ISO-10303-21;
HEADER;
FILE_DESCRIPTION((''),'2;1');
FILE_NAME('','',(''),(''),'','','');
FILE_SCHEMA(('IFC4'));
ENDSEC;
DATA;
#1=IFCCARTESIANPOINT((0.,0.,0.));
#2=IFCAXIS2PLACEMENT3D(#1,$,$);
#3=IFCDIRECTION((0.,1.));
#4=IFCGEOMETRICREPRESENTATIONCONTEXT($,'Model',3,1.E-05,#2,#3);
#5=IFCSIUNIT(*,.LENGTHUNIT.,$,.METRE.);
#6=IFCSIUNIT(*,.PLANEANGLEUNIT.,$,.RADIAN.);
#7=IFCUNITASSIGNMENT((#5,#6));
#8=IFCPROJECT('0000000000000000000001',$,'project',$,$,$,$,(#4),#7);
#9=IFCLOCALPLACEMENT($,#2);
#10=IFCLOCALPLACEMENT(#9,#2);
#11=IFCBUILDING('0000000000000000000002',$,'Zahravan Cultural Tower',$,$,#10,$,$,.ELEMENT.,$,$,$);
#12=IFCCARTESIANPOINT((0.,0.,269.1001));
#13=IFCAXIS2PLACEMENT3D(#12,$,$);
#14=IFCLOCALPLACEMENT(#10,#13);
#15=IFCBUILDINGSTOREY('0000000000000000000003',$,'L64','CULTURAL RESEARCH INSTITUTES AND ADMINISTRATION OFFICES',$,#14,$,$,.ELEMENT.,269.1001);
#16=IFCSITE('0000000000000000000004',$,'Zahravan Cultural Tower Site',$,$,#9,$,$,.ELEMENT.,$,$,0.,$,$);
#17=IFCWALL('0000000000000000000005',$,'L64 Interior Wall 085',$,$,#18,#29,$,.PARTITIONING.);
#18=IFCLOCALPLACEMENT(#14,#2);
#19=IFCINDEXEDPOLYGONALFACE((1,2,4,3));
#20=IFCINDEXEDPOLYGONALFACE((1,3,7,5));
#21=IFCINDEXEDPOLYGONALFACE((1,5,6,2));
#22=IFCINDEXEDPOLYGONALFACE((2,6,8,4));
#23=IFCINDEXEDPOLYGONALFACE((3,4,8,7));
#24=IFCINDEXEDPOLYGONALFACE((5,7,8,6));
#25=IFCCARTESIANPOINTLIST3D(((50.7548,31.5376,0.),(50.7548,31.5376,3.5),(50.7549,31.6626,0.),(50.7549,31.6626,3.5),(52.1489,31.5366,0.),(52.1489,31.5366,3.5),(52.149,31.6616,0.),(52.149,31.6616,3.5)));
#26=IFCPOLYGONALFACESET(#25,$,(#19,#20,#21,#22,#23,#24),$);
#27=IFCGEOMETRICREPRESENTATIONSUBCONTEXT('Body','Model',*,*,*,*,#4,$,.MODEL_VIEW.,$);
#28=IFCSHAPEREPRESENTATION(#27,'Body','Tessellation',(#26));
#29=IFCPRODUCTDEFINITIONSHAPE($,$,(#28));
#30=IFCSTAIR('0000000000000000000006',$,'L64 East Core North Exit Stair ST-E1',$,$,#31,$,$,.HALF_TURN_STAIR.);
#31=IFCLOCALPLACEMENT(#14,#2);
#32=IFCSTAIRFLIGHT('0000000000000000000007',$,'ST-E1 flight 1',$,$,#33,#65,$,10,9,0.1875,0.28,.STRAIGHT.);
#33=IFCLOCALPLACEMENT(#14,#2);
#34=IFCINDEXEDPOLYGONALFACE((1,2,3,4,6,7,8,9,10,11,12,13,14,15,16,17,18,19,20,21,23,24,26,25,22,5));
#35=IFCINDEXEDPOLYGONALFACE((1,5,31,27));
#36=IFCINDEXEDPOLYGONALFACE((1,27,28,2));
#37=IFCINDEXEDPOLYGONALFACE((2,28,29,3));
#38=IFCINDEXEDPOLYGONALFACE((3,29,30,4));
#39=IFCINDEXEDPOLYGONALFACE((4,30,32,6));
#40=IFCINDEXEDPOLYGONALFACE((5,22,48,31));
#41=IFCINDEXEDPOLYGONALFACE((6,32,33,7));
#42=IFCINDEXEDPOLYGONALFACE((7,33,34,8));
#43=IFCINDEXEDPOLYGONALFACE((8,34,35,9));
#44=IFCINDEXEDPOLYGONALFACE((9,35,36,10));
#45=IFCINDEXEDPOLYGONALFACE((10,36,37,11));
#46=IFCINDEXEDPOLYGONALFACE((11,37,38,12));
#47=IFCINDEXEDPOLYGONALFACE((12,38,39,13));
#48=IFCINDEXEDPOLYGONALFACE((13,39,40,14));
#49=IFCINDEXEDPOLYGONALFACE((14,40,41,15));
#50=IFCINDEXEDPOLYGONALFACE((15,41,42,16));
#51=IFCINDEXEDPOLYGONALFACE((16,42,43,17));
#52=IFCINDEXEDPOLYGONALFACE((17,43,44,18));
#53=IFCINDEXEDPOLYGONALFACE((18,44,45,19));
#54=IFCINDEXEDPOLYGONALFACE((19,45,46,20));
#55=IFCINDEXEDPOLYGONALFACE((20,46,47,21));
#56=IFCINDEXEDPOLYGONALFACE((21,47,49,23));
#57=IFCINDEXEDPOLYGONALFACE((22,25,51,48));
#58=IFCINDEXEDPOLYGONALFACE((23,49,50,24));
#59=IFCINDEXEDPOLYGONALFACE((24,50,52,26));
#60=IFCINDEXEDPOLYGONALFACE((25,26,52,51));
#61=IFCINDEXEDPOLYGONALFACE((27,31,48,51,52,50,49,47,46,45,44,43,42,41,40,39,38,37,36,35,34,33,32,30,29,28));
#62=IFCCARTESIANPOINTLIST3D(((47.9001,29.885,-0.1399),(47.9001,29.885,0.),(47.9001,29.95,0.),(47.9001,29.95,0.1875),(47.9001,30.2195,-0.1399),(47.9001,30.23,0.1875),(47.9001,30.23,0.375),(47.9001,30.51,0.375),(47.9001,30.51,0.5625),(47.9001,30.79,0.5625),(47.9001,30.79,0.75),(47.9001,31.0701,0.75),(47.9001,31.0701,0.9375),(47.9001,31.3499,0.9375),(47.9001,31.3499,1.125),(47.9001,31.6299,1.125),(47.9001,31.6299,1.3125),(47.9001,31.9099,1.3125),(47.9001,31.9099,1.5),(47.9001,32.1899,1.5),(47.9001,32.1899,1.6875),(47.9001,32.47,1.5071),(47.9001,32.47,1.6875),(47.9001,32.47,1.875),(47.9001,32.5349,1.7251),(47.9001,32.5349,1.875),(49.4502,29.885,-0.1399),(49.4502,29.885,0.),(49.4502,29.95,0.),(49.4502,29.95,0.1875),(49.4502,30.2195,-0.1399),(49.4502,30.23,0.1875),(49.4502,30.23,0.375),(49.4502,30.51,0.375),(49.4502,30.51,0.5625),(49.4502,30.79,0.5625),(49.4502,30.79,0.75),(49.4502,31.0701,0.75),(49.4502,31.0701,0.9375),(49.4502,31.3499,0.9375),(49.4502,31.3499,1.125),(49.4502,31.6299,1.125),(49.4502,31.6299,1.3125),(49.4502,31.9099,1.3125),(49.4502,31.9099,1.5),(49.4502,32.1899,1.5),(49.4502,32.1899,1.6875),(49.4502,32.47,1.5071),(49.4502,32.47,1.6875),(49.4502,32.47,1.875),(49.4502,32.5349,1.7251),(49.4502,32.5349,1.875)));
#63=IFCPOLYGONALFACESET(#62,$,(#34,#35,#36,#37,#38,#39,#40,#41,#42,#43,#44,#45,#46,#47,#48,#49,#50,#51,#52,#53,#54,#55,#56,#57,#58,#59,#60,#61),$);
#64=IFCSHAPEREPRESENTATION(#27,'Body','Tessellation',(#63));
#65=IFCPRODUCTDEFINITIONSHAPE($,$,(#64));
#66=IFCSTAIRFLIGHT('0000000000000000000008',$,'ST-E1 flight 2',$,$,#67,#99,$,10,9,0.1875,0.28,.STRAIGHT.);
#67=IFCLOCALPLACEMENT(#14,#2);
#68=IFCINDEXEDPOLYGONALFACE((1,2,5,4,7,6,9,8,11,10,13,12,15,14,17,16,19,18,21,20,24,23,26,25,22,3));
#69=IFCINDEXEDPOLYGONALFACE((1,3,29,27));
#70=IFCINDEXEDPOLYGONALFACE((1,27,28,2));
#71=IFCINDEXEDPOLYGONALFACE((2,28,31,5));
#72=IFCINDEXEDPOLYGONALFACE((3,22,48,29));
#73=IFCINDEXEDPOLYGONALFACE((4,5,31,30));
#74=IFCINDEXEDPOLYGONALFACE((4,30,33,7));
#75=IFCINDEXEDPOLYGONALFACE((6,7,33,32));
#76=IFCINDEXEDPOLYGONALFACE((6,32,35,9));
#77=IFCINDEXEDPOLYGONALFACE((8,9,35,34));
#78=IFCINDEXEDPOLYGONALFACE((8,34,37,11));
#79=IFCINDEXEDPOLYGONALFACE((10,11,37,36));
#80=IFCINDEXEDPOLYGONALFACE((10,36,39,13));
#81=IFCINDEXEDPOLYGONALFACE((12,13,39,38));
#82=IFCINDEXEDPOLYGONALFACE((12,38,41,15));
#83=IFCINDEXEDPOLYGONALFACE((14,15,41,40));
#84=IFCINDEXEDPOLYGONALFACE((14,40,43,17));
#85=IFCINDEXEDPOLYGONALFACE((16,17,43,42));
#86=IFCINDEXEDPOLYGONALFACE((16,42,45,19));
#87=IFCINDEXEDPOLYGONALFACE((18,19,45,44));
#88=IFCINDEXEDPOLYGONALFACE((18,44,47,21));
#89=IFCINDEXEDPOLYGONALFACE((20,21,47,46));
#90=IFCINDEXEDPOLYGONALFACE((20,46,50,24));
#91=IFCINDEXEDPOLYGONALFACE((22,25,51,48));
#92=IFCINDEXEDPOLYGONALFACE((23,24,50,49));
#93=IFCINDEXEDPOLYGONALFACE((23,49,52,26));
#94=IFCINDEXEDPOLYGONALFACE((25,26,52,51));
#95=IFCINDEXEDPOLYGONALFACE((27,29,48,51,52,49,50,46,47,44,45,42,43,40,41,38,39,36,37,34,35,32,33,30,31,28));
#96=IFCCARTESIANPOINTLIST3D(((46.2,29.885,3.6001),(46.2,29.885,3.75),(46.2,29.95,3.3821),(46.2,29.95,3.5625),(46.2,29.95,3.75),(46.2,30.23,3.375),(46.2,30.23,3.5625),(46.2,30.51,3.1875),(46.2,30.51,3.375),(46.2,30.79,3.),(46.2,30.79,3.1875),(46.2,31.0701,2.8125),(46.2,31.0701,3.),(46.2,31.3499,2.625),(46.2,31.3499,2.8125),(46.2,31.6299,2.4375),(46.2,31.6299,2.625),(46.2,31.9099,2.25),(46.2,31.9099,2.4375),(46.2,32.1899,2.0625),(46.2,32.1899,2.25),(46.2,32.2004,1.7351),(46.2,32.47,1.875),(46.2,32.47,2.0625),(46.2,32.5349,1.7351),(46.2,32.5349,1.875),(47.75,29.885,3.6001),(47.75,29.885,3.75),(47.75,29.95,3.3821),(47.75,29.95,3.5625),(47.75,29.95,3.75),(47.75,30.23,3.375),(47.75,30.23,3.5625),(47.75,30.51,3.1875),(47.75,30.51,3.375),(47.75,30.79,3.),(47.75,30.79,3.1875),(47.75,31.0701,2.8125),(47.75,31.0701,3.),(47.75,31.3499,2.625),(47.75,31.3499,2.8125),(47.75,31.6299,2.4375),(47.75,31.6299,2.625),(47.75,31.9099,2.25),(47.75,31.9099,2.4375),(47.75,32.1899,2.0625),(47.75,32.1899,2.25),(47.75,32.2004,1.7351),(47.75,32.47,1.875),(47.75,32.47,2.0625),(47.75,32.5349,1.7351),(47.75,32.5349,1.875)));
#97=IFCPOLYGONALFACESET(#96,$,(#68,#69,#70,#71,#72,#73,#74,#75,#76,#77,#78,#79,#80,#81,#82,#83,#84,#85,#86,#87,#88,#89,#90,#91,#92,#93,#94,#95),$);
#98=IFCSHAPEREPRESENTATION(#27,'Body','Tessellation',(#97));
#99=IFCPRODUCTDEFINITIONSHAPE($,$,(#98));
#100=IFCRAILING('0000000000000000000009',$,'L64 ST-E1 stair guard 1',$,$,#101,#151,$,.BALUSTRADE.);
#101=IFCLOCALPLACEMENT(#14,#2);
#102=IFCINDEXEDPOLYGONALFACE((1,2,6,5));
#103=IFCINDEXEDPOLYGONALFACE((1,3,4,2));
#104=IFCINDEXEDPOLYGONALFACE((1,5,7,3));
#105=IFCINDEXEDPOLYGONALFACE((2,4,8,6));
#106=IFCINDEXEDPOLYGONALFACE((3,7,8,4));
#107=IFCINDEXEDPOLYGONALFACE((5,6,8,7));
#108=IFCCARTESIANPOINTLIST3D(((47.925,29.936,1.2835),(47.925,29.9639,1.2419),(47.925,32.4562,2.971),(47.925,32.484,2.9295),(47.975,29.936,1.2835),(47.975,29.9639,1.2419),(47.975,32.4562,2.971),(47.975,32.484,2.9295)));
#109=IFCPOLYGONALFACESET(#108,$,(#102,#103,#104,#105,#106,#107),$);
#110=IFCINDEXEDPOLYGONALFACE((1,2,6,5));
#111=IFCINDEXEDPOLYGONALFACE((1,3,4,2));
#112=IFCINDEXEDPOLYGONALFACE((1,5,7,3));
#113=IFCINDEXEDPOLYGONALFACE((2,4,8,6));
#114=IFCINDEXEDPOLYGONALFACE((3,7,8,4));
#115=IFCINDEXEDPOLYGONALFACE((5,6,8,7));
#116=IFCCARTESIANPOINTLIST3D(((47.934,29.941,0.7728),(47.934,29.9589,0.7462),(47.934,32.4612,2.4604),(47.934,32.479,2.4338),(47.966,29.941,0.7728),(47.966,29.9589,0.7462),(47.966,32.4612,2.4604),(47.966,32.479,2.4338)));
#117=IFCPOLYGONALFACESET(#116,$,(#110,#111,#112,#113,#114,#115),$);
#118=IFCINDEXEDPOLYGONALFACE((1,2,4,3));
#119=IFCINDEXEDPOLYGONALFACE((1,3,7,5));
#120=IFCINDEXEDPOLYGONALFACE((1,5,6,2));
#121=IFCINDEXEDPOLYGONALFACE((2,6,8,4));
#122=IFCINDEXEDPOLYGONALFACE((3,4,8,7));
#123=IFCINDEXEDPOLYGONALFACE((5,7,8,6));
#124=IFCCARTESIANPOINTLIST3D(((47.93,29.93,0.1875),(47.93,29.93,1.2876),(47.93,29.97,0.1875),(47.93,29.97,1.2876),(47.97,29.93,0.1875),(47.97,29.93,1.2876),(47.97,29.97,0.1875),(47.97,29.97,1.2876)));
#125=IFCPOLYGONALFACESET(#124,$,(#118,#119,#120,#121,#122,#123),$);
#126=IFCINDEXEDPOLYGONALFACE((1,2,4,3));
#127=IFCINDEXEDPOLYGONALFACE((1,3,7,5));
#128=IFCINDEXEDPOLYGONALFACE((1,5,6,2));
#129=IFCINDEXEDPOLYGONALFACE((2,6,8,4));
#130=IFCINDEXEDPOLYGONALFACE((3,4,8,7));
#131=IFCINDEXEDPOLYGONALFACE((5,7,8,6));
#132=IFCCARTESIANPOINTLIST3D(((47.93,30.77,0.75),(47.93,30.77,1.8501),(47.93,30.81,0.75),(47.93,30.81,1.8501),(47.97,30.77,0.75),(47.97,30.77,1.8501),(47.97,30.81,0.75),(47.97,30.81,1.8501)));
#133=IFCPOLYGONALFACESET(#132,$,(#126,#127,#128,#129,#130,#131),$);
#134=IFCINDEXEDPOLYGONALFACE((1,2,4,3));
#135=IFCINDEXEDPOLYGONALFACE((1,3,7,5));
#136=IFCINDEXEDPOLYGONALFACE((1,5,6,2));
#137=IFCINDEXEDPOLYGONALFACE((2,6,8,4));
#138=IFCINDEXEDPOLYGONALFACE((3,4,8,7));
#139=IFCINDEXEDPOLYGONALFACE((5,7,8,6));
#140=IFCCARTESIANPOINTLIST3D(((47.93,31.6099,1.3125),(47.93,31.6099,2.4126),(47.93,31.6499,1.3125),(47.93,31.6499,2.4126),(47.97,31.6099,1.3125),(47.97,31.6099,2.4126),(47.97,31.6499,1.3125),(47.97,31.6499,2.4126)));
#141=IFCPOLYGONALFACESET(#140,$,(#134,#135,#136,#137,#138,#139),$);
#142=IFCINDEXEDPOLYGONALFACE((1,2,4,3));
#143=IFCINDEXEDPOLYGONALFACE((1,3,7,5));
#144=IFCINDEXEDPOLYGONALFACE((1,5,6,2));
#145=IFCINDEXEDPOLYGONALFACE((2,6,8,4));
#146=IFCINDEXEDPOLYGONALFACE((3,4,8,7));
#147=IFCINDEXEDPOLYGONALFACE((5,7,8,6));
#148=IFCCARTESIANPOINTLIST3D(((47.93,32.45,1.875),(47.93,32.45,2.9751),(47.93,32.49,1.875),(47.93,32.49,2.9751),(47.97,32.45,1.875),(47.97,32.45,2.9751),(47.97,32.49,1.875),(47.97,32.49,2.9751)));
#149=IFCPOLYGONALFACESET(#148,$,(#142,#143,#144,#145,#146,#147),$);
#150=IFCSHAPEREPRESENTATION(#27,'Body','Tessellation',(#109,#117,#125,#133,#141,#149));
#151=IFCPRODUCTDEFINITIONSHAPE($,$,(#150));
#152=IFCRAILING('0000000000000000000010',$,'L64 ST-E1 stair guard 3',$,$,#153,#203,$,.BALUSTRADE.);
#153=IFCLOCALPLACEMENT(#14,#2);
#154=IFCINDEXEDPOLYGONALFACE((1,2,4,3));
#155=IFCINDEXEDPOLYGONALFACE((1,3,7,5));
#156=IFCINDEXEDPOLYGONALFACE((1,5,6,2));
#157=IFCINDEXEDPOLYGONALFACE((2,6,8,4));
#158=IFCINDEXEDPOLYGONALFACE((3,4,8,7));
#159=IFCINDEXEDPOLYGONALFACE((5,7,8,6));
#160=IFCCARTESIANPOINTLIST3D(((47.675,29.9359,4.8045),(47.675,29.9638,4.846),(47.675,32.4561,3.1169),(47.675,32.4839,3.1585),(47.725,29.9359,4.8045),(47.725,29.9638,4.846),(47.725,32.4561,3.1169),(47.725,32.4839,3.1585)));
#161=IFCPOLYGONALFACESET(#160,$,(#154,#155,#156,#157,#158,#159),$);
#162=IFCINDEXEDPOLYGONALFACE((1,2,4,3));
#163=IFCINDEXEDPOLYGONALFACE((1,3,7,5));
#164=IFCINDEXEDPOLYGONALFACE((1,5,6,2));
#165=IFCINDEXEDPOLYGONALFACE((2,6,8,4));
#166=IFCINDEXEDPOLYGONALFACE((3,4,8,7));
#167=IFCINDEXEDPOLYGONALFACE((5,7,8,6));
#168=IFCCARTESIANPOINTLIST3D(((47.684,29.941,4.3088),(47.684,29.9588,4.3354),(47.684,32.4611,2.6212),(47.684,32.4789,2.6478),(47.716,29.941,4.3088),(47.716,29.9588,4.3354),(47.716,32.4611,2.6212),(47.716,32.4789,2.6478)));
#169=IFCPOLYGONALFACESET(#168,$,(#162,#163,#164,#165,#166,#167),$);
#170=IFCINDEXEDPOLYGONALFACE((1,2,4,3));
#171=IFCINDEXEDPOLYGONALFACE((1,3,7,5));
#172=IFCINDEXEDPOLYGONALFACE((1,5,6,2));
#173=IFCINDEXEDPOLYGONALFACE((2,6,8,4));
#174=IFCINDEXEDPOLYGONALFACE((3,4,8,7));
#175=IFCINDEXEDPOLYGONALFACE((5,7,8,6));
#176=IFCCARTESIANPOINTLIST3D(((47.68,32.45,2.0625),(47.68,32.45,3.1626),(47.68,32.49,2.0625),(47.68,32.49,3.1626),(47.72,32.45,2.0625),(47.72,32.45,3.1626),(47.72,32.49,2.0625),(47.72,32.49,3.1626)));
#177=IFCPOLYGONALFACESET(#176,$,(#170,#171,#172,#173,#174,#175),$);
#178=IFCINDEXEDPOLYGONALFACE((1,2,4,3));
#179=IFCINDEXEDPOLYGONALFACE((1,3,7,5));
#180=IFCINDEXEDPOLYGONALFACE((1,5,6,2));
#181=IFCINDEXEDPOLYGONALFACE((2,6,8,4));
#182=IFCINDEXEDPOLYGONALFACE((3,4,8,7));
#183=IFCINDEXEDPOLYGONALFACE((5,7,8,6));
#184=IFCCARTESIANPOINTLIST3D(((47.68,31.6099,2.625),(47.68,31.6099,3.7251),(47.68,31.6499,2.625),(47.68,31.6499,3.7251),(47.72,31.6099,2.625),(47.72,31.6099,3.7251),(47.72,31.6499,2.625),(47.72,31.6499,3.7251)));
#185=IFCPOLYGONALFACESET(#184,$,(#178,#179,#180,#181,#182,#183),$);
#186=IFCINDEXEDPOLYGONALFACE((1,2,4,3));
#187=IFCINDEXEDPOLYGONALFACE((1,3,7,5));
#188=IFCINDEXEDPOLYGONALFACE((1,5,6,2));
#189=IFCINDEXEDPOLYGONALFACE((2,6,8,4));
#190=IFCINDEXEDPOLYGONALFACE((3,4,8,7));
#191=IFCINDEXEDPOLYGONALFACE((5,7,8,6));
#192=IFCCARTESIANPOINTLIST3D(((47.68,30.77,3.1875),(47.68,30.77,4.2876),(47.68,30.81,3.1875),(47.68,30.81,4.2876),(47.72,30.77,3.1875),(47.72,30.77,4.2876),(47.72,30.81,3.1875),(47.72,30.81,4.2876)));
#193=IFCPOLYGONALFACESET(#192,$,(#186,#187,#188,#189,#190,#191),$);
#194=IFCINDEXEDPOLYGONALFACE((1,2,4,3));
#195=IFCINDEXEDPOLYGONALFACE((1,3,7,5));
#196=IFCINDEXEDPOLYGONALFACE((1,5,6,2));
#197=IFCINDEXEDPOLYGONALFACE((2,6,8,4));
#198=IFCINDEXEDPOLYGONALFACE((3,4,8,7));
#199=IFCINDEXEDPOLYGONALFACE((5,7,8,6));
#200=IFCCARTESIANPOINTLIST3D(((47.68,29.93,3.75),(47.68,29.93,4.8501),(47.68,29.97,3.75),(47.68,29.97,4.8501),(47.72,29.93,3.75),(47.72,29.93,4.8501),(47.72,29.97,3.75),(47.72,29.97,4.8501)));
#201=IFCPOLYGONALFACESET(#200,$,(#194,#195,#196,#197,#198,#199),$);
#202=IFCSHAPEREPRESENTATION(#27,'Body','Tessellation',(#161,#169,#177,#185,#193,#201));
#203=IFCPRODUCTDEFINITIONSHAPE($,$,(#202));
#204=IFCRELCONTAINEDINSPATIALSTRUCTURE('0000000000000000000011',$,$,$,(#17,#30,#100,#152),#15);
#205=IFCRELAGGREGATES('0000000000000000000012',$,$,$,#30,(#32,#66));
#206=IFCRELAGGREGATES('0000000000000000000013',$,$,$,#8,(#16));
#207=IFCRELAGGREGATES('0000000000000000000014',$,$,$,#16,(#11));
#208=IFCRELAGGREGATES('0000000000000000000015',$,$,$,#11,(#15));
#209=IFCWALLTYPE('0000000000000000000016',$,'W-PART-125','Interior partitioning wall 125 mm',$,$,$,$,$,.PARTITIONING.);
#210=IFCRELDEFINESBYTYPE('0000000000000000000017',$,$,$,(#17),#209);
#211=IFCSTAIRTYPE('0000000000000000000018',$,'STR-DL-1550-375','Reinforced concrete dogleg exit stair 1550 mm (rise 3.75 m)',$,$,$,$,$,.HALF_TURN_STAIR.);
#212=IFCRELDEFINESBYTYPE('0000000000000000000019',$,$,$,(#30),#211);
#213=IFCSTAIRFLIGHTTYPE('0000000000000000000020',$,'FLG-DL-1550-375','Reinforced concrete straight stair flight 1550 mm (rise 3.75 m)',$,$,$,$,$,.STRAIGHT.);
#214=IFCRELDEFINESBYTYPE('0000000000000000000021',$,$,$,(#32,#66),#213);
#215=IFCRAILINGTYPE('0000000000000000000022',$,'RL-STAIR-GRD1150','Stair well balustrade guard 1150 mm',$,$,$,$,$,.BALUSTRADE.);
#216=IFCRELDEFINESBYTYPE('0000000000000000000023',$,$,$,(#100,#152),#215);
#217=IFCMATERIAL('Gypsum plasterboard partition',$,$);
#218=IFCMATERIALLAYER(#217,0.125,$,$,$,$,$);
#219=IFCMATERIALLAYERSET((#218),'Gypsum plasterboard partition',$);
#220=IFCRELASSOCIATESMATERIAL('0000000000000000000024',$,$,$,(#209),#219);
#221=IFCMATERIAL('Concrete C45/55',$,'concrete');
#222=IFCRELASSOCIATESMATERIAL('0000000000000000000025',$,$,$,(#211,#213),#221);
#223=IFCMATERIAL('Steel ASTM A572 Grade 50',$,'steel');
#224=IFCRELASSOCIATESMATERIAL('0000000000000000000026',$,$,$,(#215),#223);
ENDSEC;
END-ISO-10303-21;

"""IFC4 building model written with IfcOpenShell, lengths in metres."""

from ifc_helpers import new_model, si_unit, direction, frame, frame_2d, origin, origin_2d, place, context, subcontext, project, spatial, polyline, rectangle, outline, extrude, source, transform, mapped, material, layer, layer_set, type_object, element, aggregate, save


model = new_model("IFC4")

# Units and contexts
model_context = context("Model", 3, precision=1e-05, world=origin(), true_north=direction((0.0, 1.0)))
body_context = subcontext(model_context, "Body", "Model", "MODEL_VIEW")
ifc_project = project(units=[si_unit("LENGTHUNIT", "METRE"), si_unit("PLANEANGLEUNIT", "RADIAN")], contexts=[model_context])

# Site, building, storey
site_placement = place(None, origin())
site = spatial("IfcSite", under=ifc_project, at=site_placement, Name="Zahravan Cultural Tower Site", CompositionType="ELEMENT", RefElevation=0.0)
building_placement = place(site_placement, origin())
building = spatial("IfcBuilding", under=site, at=building_placement, Name="Zahravan Cultural Tower", CompositionType="ELEMENT")
storey_placement = place(building_placement, frame((0.0, 0.0, 269.1001)))
storey = spatial("IfcBuildingStorey", under=building, at=storey_placement, Name="L64", Description="CULTURAL RESEARCH INSTITUTES AND ADMINISTRATION OFFICES", CompositionType="ELEMENT", Elevation=269.1001)

# Wall
ifc_material_1 = material(Name="Concrete C45/55", Category="concrete")
ifc_material_2 = material(Name="Gypsum plasterboard partition")
ifc_layer_1 = layer(ifc_material_2, 0.125)
ifc_layer_set_1 = layer_set([ifc_layer_1], Name="Gypsum plasterboard partition")
wall_type_1 = type_object("IfcWallType", Name="W-PART-125", Description="Interior partitioning wall 125 mm", PredefinedType="PARTITIONING", material=ifc_layer_set_1)
shared_shape_1 = source(origin(), body_context, "Body", "SweptSolid", [
    extrude(rectangle(XDim=1.394, YDim=0.125, at=frame_2d((0.697, 0.0))), origin(), (0.0, 0.0, 1.0), 3.5),
])
wall_1_placement = place(storey_placement, frame((52.1489, 31.5991, 0.0), z_axis=(0.0, 0.0, 1.0), x_axis=(-1.0, 0.000701, 0.0)))
element("IfcWall", 1, at=wall_1_placement, inside=storey, type_object=wall_type_1, Name="L64 Interior Wall 085", PredefinedType="PARTITIONING", context=body_context, shape_type="MappedRepresentation", body=[
    mapped(shared_shape_1, transform((0.0, 0.0, 0.0), x_axis=(1.0, 0.0, 0.0), y_axis=(0.0, 1.0, 0.0), z_axis=(0.0, 0.0, 1.0), scale=1.0)),
])

# Stair, stair flights
stair_type = type_object("IfcStairType", Name="STR-DL-1550-375", Description="Reinforced concrete dogleg exit stair 1550 mm (rise 3.75 m)", PredefinedType="HALF_TURN_STAIR", material=ifc_material_1)
stair_placement = place(storey_placement, origin())
stair = element("IfcStair", 2, at=stair_placement, inside=storey, type_object=stair_type, Name="L64 East Core North Exit Stair ST-E1", PredefinedType="HALF_TURN_STAIR")
stair_flight_type = type_object("IfcStairFlightType", Name="FLG-DL-1550-375", Description="Reinforced concrete straight stair flight 1550 mm (rise 3.75 m)", PredefinedType="STRAIGHT", material=ifc_material_1)
stair_flight_1_placement = place(storey_placement, frame((48.675, 29.95, 0.0), z_axis=(0.0, 0.0, 1.0), x_axis=(0.0, 1.0, 0.0)))
stair_flight_1 = element("IfcStairFlight", 3, at=stair_flight_1_placement, type_object=stair_flight_type, Name="ST-E1 flight 1", NumberOfRisers=10, NumberOfTreads=9, PredefinedType="STRAIGHT", RiserHeight=0.1875, TreadLength=0.28, context=body_context, shape_type="SweptSolid", body=[
    extrude(outline(polyline([(-0.0649, -0.1399), (-0.0649, 0.0), (0.0, 0.0), (0.0, 0.1875), (0.28, 0.1875), (0.28, 0.375), (0.5601, 0.375), (0.5601, 0.5625), (0.8401, 0.5625), (0.8401, 0.75), (1.1201, 0.75), (1.1201, 0.9375), (1.3999, 0.9375), (1.3999, 1.125), (1.6799, 1.125), (1.6799, 1.3125), (1.96, 1.3125), (1.96, 1.5), (2.24, 1.5), (2.24, 1.6875), (2.52, 1.6875), (2.52, 1.875), (2.585, 1.875), (2.585, 1.7251), (2.52, 1.5071), (0.2695, -0.1399), (-0.0649, -0.1399)])), frame((0.0, 0.7749, 0.0), z_axis=(0.0, -1.0, 0.0), x_axis=(1.0, 0.0, 0.0)), (0.0, 0.0, 1.0), 1.55),
])
stair_flight_2_placement = place(storey_placement, frame((46.9751, 32.47, 1.875), z_axis=(0.0, 0.0, 1.0), x_axis=(0.0, -1.0, 0.0)))
stair_flight_2 = element("IfcStairFlight", 4, at=stair_flight_2_placement, type_object=stair_flight_type, Name="ST-E1 flight 2", NumberOfRisers=10, NumberOfTreads=9, PredefinedType="STRAIGHT", RiserHeight=0.1875, TreadLength=0.28, context=body_context, shape_type="SweptSolid", body=[
    extrude(outline(polyline([(-0.0649, -0.1399), (-0.0649, 0.0), (0.0, 0.0), (0.0, 0.1875), (0.28, 0.1875), (0.28, 0.375), (0.5601, 0.375), (0.5601, 0.5625), (0.8401, 0.5625), (0.8401, 0.75), (1.1201, 0.75), (1.1201, 0.9375), (1.3999, 0.9375), (1.3999, 1.125), (1.6799, 1.125), (1.6799, 1.3125), (1.96, 1.3125), (1.96, 1.5), (2.24, 1.5), (2.24, 1.6875), (2.52, 1.6875), (2.52, 1.875), (2.585, 1.875), (2.585, 1.7251), (2.52, 1.5071), (0.2695, -0.1399), (-0.0649, -0.1399)])), frame((0.0, 0.7749, 0.0), z_axis=(0.0, -1.0, 0.0), x_axis=(1.0, 0.0, 0.0)), (0.0, 0.0, 1.0), 1.55),
])
aggregate(stair, [stair_flight_1, stair_flight_2])

# Railings
ifc_material_3 = material(Name="Steel ASTM A572 Grade 50", Category="steel")
railing_type_1 = type_object("IfcRailingType", Name="RL-STAIR-GRD1150", Description="Stair well balustrade guard 1150 mm", PredefinedType="BALUSTRADE", material=ifc_material_3)
railing_1_placement = place(storey_placement, frame((47.95, 29.95, 0.1875)))
element("IfcRailing", 5, at=railing_1_placement, inside=storey, type_object=railing_type_1, Name="L64 ST-E1 stair guard 1", PredefinedType="BALUSTRADE", context=body_context, shape_type="SweptSolid", body=[
    extrude(rectangle(XDim=0.05, YDim=0.05, at=origin_2d()), frame((0.0, 0.0, 1.0752), z_axis=(0.0, 0.830909, 0.556408), x_axis=(-1.0, 0.0, 0.0)), (0.0, 0.0, 1.0), 3.033),
    extrude(rectangle(XDim=0.032, YDim=0.032, at=origin_2d()), frame((0.0, 0.0, 0.572), z_axis=(0.0, 0.830909, 0.556408), x_axis=(-1.0, 0.0, 0.0)), (0.0, 0.0, 1.0), 3.033),
    extrude(rectangle(XDim=0.04, YDim=0.04, at=origin_2d()), origin(), (0.0, 0.0, 1.0), 1.1001),
    extrude(rectangle(XDim=0.04, YDim=0.04, at=origin_2d()), frame((0.0, 0.8401, 0.5625)), (0.0, 0.0, 1.0), 1.1001),
    extrude(rectangle(XDim=0.04, YDim=0.04, at=origin_2d()), frame((0.0, 1.6799, 1.125)), (0.0, 0.0, 1.0), 1.1001),
    extrude(rectangle(XDim=0.04, YDim=0.04, at=origin_2d()), frame((0.0, 2.52, 1.6875)), (0.0, 0.0, 1.0), 1.1001),
])
railing_2_placement = place(storey_placement, frame((47.7, 32.47, 2.0625)))
element("IfcRailing", 6, at=railing_2_placement, inside=storey, type_object=railing_type_1, Name="L64 ST-E1 stair guard 3", PredefinedType="BALUSTRADE", context=body_context, shape_type="SweptSolid", body=[
    extrude(rectangle(XDim=0.05, YDim=0.05, at=origin_2d()), frame((0.0, 0.0, 1.0752), z_axis=(0.0, -0.830909, 0.556408), x_axis=(1.0, 0.0, 0.0)), (0.0, 0.0, 1.0), 3.033),
    extrude(rectangle(XDim=0.032, YDim=0.032, at=origin_2d()), frame((0.0, 0.0, 0.572), z_axis=(0.0, -0.830909, 0.556408), x_axis=(1.0, 0.0, 0.0)), (0.0, 0.0, 1.0), 3.033),
    extrude(rectangle(XDim=0.04, YDim=0.04, at=origin_2d()), origin(), (0.0, 0.0, 1.0), 1.1001),
    extrude(rectangle(XDim=0.04, YDim=0.04, at=origin_2d()), frame((0.0, -0.8401, 0.5625)), (0.0, 0.0, 1.0), 1.1001),
    extrude(rectangle(XDim=0.04, YDim=0.04, at=origin_2d()), frame((0.0, -1.6799, 1.125)), (0.0, 0.0, 1.0), 1.1001),
    extrude(rectangle(XDim=0.04, YDim=0.04, at=origin_2d()), frame((0.0, -2.52, 1.6875)), (0.0, 0.0, 1.0), 1.1001),
])

save(model, "model.ifc")
